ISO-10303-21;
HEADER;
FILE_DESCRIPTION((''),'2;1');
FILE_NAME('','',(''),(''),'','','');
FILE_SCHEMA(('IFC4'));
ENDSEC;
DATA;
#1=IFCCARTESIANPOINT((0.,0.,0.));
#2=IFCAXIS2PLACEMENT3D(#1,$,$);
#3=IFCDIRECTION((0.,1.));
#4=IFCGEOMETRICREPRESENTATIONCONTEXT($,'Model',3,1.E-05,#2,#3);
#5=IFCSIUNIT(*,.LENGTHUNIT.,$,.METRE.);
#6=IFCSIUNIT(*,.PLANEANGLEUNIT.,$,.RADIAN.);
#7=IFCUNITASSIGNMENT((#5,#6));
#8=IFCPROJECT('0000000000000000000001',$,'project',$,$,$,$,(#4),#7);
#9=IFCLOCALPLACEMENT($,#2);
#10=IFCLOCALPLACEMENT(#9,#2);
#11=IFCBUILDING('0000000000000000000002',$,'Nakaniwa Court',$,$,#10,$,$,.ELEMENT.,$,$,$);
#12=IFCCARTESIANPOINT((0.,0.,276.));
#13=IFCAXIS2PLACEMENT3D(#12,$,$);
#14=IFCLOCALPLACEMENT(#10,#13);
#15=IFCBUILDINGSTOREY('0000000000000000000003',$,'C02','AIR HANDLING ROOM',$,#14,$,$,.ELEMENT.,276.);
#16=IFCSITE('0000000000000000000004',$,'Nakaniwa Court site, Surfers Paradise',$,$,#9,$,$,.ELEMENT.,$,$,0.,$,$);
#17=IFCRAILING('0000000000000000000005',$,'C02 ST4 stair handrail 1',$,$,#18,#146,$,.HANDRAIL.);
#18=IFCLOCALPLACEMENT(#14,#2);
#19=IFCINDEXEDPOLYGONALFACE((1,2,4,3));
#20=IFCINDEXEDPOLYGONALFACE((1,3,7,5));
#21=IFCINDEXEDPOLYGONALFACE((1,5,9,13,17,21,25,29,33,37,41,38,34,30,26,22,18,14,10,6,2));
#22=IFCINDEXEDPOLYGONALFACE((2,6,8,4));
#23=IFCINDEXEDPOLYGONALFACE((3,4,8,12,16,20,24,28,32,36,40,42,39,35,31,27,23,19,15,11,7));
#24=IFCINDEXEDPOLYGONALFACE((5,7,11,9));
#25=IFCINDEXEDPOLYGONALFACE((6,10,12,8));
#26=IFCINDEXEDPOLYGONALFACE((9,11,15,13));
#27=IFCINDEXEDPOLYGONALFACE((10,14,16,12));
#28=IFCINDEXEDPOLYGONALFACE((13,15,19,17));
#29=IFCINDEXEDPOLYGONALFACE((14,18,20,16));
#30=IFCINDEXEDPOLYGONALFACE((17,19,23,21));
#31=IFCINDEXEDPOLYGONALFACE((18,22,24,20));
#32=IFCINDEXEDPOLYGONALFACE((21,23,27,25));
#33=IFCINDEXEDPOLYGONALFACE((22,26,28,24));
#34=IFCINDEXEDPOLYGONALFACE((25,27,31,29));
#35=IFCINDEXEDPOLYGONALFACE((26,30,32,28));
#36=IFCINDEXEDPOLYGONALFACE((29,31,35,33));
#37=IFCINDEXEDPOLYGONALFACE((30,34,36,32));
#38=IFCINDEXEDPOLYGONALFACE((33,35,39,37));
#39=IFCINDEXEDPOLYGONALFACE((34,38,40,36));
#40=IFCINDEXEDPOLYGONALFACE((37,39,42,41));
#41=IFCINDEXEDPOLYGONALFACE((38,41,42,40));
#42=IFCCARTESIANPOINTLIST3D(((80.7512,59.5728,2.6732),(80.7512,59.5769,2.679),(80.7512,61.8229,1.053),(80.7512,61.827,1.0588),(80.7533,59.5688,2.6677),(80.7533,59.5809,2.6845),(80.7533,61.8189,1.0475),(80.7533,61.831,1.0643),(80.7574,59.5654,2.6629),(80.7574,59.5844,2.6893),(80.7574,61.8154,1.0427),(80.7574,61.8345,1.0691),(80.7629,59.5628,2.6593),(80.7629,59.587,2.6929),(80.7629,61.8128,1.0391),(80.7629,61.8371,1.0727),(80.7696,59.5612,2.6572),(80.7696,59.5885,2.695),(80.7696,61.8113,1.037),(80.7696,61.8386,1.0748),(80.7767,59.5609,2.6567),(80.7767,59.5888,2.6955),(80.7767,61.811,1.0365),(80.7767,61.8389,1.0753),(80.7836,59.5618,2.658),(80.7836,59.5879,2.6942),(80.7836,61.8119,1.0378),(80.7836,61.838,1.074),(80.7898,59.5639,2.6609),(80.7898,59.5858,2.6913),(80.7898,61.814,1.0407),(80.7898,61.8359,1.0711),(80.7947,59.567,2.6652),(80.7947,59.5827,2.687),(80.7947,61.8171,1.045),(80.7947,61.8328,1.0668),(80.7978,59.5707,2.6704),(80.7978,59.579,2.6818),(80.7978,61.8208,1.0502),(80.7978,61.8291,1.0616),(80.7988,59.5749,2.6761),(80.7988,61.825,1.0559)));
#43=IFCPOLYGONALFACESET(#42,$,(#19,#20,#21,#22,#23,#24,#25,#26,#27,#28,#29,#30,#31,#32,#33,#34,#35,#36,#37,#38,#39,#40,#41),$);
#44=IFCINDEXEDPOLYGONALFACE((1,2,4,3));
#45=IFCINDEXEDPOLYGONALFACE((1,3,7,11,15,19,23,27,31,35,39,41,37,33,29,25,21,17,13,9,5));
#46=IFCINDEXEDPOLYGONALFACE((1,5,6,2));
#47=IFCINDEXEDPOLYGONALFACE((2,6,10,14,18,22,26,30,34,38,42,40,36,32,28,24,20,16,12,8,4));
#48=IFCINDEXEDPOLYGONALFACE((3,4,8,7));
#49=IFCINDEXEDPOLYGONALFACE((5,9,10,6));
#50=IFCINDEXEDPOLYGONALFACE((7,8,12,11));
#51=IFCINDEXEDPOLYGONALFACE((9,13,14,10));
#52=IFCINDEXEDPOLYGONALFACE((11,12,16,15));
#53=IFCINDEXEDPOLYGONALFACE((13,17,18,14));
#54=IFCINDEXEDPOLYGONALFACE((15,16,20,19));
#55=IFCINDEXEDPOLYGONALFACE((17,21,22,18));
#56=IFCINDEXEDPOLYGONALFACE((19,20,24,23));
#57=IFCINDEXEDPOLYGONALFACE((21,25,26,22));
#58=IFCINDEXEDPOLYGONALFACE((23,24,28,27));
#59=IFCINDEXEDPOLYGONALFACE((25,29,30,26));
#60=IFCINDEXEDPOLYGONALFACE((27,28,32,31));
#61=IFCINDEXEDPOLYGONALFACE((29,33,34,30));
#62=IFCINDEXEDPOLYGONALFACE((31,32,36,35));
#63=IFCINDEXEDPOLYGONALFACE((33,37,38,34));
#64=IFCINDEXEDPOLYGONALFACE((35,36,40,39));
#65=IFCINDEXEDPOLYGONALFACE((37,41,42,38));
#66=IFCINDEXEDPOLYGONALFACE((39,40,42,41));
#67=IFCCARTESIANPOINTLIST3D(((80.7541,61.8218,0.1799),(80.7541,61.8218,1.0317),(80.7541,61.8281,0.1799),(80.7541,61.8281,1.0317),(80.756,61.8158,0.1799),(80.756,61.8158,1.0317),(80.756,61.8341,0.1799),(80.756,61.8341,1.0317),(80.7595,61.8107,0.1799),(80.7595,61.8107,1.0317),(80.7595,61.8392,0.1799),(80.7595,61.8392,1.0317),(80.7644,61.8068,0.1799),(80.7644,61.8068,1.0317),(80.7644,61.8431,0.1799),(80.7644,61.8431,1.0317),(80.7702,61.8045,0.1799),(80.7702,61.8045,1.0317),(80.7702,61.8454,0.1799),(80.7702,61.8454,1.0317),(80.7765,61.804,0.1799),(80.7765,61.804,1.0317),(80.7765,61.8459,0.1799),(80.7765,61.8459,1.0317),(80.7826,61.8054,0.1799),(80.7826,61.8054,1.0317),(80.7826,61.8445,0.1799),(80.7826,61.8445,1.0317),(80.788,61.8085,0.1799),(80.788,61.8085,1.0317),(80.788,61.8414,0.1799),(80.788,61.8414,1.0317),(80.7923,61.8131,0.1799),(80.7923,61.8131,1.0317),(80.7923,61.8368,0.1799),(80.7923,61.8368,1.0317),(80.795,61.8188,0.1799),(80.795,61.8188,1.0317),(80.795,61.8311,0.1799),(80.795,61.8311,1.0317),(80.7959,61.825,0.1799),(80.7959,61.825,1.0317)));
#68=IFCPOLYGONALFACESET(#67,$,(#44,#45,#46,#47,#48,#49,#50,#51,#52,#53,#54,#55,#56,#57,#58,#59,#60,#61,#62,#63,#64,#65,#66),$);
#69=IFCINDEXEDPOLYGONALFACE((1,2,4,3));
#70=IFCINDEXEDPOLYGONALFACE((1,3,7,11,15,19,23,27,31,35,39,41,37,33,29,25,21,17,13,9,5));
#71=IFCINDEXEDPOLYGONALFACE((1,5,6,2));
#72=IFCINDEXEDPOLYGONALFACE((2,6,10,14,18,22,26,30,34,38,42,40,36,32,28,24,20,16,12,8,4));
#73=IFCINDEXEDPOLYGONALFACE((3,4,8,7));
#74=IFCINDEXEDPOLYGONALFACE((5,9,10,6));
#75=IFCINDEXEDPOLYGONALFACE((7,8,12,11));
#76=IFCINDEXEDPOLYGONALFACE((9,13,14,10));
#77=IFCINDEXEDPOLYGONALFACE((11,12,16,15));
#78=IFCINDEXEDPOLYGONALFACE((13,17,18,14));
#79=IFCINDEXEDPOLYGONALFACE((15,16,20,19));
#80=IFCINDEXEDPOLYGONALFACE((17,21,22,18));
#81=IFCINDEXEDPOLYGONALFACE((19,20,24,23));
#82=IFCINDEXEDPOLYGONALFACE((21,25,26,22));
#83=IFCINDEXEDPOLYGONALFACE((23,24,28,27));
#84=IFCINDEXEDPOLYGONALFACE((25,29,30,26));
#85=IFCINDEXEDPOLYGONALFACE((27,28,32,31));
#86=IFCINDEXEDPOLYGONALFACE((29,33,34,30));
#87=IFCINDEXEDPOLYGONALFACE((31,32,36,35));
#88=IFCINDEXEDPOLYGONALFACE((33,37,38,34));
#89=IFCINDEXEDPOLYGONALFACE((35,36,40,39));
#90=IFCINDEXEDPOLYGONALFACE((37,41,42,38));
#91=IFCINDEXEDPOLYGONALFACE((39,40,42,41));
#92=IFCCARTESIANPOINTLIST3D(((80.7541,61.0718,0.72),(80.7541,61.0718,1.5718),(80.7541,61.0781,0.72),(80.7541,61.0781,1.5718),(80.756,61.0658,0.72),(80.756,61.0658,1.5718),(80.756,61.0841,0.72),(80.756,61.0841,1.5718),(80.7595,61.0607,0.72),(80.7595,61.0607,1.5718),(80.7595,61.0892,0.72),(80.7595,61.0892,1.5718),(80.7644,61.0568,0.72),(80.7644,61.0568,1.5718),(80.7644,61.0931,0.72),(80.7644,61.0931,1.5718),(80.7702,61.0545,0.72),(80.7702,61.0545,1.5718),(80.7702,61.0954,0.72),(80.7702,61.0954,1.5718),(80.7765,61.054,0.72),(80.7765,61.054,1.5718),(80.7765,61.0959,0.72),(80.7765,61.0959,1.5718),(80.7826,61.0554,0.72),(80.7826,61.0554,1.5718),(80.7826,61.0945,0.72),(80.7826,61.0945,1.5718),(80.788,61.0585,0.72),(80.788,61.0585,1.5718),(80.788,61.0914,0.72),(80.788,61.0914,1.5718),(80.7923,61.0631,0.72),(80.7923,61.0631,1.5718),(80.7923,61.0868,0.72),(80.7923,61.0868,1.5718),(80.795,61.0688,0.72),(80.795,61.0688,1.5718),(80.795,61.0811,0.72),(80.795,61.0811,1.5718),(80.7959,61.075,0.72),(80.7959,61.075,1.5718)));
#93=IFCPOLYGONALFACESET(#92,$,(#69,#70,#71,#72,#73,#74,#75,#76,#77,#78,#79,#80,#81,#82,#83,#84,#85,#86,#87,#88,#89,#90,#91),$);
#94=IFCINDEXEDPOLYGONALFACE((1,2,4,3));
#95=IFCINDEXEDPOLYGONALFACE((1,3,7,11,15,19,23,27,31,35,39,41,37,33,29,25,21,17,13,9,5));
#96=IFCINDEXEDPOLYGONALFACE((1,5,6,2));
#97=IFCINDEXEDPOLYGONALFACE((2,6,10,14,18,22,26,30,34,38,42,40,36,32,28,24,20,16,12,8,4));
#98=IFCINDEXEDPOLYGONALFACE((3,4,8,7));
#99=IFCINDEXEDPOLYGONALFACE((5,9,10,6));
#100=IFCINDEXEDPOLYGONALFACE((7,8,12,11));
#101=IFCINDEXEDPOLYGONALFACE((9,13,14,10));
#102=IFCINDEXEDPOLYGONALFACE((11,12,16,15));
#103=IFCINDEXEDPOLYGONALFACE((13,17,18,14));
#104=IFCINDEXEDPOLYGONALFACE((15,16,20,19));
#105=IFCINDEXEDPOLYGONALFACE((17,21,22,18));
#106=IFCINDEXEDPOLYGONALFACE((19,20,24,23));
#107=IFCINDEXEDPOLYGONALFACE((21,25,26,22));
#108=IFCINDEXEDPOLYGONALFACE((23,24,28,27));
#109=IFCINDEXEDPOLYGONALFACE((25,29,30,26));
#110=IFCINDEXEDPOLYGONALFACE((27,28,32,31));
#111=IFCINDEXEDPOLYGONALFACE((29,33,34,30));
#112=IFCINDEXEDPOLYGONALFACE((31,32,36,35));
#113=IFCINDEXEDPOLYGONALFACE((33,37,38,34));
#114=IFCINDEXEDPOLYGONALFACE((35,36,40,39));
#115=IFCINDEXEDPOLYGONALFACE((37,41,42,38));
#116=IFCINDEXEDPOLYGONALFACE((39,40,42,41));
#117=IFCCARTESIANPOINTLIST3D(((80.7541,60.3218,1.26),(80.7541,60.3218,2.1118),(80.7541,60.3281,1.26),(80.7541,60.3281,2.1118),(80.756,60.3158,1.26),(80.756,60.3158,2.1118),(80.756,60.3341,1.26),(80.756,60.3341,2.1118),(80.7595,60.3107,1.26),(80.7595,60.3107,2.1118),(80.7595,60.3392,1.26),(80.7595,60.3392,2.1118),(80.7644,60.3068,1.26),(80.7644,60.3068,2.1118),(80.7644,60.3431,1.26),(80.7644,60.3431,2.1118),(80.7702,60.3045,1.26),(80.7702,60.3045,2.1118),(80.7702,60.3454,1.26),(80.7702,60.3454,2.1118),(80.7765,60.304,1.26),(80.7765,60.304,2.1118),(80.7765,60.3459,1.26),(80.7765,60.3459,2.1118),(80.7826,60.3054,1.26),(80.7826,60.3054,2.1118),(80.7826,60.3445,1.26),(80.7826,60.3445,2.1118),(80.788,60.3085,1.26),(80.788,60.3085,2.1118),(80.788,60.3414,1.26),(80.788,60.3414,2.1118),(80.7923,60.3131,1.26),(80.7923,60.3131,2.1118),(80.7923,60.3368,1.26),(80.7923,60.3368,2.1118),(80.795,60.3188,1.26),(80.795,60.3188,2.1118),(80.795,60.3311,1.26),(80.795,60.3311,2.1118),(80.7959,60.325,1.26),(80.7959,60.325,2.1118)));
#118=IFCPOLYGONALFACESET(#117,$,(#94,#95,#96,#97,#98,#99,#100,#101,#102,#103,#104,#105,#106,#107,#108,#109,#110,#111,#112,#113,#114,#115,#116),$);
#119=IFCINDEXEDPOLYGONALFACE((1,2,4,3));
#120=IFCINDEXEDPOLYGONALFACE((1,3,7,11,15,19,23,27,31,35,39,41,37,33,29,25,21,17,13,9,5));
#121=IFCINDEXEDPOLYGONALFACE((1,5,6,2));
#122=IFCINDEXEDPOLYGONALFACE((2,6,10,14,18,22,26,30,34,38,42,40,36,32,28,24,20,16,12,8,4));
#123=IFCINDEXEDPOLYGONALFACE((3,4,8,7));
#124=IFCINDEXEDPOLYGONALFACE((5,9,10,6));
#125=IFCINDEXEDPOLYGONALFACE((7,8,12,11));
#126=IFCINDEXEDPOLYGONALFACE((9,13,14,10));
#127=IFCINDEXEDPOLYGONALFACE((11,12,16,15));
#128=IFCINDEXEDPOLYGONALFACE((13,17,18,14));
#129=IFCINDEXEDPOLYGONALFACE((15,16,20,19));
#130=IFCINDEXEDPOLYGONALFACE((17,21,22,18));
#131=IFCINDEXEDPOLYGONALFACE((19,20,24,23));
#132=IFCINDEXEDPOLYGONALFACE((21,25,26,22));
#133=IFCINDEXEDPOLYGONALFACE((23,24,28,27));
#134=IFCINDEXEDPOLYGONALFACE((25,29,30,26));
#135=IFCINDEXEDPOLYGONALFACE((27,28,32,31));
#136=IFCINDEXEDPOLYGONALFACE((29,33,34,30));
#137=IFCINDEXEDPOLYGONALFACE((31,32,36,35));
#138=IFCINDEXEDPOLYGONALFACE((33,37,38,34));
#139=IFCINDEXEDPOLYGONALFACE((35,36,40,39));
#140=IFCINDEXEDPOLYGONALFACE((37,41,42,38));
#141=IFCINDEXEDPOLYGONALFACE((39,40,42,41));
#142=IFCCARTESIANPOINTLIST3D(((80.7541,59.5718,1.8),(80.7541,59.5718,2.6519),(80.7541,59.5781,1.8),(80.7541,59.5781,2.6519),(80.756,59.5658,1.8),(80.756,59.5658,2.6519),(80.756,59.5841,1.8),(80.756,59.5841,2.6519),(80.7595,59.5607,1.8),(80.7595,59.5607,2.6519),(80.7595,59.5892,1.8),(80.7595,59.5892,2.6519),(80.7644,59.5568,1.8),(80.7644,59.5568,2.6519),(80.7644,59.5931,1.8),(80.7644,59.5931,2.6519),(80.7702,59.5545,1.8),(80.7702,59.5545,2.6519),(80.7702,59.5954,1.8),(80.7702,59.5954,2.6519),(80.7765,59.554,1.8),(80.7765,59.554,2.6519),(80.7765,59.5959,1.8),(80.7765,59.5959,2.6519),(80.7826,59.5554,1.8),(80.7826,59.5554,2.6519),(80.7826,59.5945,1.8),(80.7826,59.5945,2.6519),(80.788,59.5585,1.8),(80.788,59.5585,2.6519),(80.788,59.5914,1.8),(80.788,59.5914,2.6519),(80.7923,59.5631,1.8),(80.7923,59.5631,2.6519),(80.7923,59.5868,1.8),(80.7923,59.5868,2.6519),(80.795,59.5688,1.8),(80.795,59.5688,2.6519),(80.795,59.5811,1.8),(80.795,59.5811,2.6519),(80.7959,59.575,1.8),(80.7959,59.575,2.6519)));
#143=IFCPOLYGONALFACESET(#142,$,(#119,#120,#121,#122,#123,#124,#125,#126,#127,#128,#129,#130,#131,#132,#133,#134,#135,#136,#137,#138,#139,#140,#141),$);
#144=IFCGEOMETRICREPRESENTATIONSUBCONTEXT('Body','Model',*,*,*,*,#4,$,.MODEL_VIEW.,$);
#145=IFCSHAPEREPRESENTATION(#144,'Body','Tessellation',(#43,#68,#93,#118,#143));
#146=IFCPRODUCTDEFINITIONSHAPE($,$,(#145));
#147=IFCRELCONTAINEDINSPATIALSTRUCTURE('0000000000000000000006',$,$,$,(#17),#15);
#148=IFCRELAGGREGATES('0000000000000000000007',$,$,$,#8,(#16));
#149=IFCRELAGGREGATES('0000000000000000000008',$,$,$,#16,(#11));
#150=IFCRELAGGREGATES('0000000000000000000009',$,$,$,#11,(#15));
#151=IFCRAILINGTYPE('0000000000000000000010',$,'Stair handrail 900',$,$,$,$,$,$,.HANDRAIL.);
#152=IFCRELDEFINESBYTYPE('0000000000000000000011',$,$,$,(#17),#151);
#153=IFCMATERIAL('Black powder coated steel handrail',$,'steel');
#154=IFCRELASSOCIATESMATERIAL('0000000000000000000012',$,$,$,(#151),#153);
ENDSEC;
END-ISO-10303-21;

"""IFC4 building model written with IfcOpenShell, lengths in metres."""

from ifc_helpers import new_model, si_unit, direction, frame, origin, origin_2d, place, context, subcontext, project, spatial, circle, extrude, material, type_object, element, save


model = new_model("IFC4")

# Units and contexts
model_context = context("Model", 3, precision=1e-05, world=origin(), true_north=direction((0.0, 1.0)))
body_context = subcontext(model_context, "Body", "Model", "MODEL_VIEW")
ifc_project = project(units=[si_unit("LENGTHUNIT", "METRE"), si_unit("PLANEANGLEUNIT", "RADIAN")], contexts=[model_context])

# Site, building, storey
site_placement = place(None, origin())
site = spatial("IfcSite", under=ifc_project, at=site_placement, Name="Nakaniwa Court site, Surfers Paradise", CompositionType="ELEMENT", RefElevation=0.0)
building_placement = place(site_placement, origin())
building = spatial("IfcBuilding", under=site, at=building_placement, Name="Nakaniwa Court", CompositionType="ELEMENT")
storey_placement = place(building_placement, frame((0.0, 0.0, 276.0)))
storey = spatial("IfcBuildingStorey", under=building, at=storey_placement, Name="C02", Description="AIR HANDLING ROOM", CompositionType="ELEMENT", Elevation=276.0)

# Railing
ifc_material_1 = material(Name="Black powder coated steel handrail", Category="steel")
railing_type_1 = type_object("IfcRailingType", Name="Stair handrail 900", PredefinedType="HANDRAIL", material=ifc_material_1)
railing_1_placement = place(storey_placement, frame((80.7749, 61.825, 0.1799)))
element("IfcRailing", 1, at=railing_1_placement, inside=storey, type_object=railing_type_1, Name="C02 ST4 stair handrail 1", PredefinedType="HANDRAIL", context=body_context, shape_type="SweptSolid", body=[
    extrude(circle(Radius=0.0239, at=origin_2d()), frame((0.0, 0.0, 0.876), z_axis=(0.0, -0.811514, 0.584333), x_axis=(1.0, 0.0, 0.0)), (0.0, 0.0, 1.0), 2.7727),
    extrude(circle(Radius=0.021, at=origin_2d()), origin(), (0.0, 0.0, 1.0), 0.8518),
    extrude(circle(Radius=0.021, at=origin_2d()), frame((0.0, -0.75, 0.54)), (0.0, 0.0, 1.0), 0.8518),
    extrude(circle(Radius=0.021, at=origin_2d()), frame((0.0, -1.5, 1.0801)), (0.0, 0.0, 1.0), 0.8518),
    extrude(circle(Radius=0.021, at=origin_2d()), frame((0.0, -2.25, 1.6201)), (0.0, 0.0, 1.0), 0.8518),
])

save(model, "model.ifc")
